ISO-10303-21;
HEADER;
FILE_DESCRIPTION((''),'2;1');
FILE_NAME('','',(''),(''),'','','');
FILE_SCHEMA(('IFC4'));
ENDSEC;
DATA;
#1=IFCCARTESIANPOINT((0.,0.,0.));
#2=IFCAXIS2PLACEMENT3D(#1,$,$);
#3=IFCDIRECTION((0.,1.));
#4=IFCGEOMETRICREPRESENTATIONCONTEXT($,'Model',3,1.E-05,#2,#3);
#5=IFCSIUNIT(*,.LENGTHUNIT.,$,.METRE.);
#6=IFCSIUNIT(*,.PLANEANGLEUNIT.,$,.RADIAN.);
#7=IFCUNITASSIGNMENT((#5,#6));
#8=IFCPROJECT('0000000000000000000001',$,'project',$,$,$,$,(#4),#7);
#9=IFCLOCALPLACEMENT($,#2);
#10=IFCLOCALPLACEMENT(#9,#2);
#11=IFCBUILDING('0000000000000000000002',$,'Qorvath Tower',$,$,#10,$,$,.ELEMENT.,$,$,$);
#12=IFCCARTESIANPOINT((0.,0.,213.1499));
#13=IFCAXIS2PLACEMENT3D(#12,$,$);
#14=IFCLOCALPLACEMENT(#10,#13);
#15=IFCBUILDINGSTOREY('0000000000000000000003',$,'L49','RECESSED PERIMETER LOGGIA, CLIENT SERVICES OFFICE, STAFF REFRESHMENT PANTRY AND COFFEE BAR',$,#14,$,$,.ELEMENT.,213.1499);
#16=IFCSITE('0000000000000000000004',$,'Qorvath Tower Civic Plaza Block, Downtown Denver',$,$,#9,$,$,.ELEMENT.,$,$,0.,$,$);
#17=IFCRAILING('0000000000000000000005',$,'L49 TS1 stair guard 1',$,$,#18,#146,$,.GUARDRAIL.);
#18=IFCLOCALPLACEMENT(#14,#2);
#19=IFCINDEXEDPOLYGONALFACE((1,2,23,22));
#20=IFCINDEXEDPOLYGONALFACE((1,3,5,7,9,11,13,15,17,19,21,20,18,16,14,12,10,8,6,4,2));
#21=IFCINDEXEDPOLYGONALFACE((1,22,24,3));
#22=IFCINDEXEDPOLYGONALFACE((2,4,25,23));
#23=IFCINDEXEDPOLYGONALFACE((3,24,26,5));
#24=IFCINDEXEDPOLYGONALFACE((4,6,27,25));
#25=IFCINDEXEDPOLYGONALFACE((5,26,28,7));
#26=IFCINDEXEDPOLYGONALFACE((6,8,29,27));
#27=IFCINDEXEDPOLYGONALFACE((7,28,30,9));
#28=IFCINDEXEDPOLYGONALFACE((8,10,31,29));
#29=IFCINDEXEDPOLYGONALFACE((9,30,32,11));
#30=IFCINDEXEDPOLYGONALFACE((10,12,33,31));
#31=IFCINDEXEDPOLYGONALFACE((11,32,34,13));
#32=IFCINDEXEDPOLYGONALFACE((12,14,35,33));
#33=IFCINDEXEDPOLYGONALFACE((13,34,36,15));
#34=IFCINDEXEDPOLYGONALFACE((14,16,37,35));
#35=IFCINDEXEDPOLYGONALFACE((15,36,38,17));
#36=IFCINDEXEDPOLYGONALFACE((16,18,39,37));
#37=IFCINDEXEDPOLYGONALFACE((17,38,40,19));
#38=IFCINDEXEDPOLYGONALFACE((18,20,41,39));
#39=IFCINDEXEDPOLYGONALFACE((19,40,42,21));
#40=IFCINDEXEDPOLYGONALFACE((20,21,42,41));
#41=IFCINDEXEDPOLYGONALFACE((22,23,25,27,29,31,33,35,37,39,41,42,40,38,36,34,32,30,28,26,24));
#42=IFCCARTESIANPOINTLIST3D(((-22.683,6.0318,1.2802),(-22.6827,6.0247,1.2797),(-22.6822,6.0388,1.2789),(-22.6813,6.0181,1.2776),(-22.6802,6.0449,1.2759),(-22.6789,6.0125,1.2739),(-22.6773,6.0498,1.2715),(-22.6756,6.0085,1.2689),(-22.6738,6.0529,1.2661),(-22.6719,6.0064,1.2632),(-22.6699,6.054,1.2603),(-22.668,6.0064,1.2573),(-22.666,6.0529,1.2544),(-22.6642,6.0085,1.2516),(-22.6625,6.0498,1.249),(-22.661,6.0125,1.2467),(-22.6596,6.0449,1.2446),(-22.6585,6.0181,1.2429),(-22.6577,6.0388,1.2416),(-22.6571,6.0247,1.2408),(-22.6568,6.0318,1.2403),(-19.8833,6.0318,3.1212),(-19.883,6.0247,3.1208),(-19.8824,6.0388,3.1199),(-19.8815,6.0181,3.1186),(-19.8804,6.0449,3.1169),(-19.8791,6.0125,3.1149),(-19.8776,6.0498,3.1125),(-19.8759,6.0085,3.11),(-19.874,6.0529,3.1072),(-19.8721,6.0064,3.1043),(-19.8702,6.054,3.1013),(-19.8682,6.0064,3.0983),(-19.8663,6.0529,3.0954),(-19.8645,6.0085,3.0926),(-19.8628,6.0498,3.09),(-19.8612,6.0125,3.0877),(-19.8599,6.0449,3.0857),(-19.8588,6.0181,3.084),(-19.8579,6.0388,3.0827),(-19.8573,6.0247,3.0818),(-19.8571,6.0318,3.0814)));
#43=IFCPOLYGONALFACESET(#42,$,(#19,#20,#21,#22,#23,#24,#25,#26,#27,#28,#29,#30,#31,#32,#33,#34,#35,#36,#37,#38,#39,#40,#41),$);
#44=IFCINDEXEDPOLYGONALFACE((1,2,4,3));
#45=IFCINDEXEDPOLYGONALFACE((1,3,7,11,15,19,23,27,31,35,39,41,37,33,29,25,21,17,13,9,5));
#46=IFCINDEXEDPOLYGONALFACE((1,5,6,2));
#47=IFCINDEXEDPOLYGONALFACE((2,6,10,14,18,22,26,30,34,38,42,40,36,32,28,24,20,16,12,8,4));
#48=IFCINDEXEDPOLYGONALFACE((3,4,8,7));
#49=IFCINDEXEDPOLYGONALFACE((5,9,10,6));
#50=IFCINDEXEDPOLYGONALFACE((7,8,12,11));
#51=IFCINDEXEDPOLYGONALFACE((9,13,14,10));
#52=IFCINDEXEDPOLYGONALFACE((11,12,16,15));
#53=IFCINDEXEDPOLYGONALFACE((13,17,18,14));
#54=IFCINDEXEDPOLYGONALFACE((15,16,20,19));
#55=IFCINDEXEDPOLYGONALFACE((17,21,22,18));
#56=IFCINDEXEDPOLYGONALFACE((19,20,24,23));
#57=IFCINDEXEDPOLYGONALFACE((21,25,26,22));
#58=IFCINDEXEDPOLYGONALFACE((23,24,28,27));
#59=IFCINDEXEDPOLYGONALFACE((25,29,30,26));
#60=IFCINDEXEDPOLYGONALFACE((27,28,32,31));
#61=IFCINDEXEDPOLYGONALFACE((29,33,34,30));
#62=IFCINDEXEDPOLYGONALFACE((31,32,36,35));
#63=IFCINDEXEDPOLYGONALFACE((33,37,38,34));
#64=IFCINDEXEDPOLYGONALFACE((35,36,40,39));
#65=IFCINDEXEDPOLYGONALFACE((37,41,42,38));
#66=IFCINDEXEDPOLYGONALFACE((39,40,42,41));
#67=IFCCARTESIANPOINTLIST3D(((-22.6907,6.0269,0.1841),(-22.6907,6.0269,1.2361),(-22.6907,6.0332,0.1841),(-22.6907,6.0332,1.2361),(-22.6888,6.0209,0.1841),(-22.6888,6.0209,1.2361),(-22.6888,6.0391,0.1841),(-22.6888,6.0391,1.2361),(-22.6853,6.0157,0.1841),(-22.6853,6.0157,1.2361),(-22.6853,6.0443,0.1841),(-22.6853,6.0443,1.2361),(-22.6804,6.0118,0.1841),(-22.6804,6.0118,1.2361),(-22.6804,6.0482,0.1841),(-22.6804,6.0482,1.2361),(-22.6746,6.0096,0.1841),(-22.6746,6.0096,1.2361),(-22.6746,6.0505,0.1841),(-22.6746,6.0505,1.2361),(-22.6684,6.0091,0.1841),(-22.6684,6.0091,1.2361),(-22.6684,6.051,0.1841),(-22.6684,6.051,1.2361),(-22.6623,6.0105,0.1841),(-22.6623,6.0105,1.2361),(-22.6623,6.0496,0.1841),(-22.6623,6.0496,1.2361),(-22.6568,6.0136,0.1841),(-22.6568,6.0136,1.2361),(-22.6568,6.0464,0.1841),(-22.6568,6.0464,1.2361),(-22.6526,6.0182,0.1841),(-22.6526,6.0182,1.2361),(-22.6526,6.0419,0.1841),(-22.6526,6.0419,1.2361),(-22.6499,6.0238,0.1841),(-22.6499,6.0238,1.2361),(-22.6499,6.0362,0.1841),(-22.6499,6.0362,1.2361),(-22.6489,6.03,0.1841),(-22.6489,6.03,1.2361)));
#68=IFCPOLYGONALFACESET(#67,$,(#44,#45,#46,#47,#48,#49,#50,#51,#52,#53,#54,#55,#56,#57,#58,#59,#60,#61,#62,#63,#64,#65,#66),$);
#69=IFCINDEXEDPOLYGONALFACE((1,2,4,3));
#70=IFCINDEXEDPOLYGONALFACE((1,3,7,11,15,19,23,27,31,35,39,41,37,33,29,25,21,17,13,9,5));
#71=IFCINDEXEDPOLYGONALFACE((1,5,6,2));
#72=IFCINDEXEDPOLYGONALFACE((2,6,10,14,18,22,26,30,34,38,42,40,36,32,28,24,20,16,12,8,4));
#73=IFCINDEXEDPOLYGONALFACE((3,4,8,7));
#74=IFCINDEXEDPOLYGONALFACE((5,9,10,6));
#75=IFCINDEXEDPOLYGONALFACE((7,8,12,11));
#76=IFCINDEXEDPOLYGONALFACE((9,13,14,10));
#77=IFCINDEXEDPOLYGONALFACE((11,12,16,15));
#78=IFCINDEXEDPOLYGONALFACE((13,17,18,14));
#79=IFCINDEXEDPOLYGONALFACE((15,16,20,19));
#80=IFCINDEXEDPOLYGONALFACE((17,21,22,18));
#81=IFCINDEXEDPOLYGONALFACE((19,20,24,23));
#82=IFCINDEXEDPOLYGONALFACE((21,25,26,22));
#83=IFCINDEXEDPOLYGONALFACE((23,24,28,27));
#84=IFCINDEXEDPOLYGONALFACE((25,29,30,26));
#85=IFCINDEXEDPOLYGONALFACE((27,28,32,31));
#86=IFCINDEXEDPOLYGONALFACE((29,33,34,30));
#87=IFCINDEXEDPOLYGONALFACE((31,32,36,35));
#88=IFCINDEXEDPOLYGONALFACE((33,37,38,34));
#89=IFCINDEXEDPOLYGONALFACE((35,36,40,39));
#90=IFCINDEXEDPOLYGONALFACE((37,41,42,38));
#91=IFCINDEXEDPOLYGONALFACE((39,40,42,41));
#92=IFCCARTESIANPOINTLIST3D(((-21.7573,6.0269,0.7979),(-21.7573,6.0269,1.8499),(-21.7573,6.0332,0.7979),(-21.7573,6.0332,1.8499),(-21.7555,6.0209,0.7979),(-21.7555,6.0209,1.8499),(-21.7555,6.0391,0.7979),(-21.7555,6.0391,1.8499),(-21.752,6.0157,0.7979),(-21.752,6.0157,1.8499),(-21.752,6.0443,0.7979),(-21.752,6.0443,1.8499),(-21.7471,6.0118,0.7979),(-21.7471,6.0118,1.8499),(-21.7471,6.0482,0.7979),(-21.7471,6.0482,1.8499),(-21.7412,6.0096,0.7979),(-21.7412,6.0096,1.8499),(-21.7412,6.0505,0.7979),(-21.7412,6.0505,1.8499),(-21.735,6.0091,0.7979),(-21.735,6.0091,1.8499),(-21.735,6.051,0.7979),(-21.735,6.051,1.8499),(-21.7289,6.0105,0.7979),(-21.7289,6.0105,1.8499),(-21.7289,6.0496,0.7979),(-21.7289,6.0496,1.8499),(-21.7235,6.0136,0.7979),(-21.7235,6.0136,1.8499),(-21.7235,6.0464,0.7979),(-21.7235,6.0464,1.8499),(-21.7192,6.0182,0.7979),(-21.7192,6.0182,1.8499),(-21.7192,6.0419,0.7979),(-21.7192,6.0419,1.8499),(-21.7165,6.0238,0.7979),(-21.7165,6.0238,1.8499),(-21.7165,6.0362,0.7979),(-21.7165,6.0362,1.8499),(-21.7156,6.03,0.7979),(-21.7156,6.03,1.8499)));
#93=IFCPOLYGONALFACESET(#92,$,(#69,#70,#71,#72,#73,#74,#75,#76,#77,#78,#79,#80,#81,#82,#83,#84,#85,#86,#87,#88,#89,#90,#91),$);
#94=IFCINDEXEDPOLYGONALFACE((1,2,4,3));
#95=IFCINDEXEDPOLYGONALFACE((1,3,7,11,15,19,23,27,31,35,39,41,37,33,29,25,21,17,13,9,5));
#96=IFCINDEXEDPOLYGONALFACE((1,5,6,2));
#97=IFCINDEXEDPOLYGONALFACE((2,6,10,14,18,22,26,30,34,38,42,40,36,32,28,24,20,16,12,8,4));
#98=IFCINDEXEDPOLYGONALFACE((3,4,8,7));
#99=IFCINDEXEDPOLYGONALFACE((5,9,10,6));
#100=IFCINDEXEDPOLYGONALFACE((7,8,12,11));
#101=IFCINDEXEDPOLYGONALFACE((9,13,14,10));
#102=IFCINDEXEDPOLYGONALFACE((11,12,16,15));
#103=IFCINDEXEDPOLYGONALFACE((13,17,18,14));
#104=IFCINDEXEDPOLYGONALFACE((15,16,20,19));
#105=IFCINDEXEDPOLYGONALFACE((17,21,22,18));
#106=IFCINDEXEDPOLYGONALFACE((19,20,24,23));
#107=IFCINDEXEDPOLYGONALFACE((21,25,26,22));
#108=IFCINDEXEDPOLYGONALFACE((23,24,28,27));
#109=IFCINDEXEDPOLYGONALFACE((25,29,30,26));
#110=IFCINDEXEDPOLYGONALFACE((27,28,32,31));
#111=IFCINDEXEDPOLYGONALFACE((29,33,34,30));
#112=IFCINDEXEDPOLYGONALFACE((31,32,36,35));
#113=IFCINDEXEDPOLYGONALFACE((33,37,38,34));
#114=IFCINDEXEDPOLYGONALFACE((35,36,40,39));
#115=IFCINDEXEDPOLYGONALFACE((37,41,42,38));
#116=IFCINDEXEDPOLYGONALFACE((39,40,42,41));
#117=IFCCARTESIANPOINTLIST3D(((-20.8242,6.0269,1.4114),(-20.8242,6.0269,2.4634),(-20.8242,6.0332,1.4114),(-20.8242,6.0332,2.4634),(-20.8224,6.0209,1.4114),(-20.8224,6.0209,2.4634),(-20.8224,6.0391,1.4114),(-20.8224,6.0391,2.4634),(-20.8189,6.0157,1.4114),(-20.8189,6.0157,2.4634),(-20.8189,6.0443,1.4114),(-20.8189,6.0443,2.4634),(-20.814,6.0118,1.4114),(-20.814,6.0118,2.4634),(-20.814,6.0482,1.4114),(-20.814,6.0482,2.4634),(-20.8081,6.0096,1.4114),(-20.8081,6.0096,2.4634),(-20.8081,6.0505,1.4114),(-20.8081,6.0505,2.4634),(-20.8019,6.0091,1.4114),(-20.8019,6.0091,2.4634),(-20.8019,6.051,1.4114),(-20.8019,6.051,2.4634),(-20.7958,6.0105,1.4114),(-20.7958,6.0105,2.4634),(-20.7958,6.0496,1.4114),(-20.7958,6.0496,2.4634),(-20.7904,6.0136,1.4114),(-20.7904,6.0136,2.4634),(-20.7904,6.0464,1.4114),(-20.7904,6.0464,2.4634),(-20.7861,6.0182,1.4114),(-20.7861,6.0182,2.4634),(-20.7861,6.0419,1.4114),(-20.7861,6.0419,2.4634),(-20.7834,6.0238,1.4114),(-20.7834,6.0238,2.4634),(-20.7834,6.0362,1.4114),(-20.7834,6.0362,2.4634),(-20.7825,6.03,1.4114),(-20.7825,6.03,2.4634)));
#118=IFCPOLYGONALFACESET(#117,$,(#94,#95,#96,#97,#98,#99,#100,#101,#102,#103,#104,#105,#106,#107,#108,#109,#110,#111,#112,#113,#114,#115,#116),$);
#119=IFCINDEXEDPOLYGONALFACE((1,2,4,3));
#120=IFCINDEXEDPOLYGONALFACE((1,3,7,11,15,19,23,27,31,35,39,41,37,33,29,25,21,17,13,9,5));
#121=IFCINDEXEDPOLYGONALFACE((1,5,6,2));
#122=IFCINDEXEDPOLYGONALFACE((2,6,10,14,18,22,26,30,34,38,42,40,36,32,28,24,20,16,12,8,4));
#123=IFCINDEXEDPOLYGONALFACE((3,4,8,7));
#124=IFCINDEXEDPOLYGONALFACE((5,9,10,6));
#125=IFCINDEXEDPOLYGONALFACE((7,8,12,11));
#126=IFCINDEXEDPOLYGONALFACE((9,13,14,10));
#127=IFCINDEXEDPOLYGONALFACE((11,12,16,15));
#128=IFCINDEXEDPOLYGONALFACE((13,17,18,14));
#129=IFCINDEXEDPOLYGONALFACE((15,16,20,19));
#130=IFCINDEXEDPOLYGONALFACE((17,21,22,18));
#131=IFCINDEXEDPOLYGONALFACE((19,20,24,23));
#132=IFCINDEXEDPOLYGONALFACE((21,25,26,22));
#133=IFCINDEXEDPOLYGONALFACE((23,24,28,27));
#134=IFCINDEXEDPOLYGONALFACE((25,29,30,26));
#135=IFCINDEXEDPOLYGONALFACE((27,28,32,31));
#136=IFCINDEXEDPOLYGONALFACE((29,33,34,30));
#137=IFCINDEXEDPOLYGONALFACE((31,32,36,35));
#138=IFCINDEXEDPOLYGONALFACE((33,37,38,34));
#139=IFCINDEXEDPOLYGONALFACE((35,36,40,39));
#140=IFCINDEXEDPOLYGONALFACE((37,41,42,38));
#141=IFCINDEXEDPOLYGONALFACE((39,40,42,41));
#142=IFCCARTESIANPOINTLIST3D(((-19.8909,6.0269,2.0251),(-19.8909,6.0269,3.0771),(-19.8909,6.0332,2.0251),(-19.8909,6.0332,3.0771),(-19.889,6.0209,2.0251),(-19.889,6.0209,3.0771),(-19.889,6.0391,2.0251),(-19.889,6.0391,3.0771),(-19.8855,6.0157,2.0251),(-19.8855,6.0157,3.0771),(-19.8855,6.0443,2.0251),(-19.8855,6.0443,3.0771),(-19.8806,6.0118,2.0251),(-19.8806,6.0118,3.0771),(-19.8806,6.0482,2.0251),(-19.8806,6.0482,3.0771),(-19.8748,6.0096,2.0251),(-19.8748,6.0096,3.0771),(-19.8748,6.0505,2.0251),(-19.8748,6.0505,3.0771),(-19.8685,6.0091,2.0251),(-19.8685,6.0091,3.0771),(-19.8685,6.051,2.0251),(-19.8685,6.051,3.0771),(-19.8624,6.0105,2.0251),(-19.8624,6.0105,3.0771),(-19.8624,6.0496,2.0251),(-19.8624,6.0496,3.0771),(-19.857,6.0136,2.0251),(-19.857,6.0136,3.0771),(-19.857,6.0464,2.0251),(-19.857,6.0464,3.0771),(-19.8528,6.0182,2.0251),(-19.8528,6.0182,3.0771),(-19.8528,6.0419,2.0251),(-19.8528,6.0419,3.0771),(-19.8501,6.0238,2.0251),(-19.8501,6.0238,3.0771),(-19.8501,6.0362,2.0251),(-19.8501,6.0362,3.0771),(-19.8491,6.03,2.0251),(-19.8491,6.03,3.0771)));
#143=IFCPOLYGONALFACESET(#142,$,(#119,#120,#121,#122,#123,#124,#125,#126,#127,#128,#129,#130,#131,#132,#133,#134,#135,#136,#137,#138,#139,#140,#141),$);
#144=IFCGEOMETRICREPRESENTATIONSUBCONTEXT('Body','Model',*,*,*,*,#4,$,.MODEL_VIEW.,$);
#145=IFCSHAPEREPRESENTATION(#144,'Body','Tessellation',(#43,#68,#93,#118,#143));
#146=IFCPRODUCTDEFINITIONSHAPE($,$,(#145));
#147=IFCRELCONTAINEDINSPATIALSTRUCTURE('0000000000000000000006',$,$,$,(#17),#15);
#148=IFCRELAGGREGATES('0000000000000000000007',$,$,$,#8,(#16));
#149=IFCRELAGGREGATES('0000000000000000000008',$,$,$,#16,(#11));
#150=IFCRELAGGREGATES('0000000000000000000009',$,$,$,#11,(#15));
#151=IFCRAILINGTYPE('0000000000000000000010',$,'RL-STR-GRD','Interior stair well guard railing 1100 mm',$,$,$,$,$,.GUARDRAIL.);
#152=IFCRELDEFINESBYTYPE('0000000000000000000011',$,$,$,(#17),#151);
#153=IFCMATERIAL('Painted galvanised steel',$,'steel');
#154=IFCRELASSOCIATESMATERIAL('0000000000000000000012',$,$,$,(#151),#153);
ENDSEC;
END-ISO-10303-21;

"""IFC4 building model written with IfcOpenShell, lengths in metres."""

from ifc_helpers import new_model, si_unit, direction, frame, origin, origin_2d, place, context, subcontext, project, spatial, circle, extrude, material, type_object, element, save


model = new_model("IFC4")

# Units and contexts
model_context = context("Model", 3, precision=1e-05, world=origin(), true_north=direction((0.0, 1.0)))
body_context = subcontext(model_context, "Body", "Model", "MODEL_VIEW")
ifc_project = project(units=[si_unit("LENGTHUNIT", "METRE"), si_unit("PLANEANGLEUNIT", "RADIAN")], contexts=[model_context])

# Site, building, storey
site_placement = place(None, origin())
site = spatial("IfcSite", under=ifc_project, at=site_placement, Name="Qorvath Tower Civic Plaza Block, Downtown Denver", CompositionType="ELEMENT", RefElevation=0.0)
building_placement = place(site_placement, origin())
building = spatial("IfcBuilding", under=site, at=building_placement, Name="Qorvath Tower", CompositionType="ELEMENT")
storey_placement = place(building_placement, frame((0.0, 0.0, 213.1499)))
storey = spatial("IfcBuildingStorey", under=building, at=storey_placement, Name="L49", Description="RECESSED PERIMETER LOGGIA, CLIENT SERVICES OFFICE, STAFF REFRESHMENT PANTRY AND COFFEE BAR", CompositionType="ELEMENT", Elevation=213.1499)

# Railing
ifc_material_1 = material(Name="Painted galvanised steel", Category="steel")
railing_type_1 = type_object("IfcRailingType", Name="RL-STR-GRD", Description="Interior stair well guard railing 1100 mm", PredefinedType="GUARDRAIL", material=ifc_material_1)
railing_1_placement = place(storey_placement, frame((-22.6699, 6.03, 0.1841)))
element("IfcRailing", 1, at=railing_1_placement, inside=storey, type_object=railing_type_1, Name="L49 TS1 stair guard 1", PredefinedType="GUARDRAIL", context=body_context, shape_type="SweptSolid", body=[
    extrude(circle(Radius=0.0239, at=origin_2d()), frame((0.0, 0.0, 1.0762), z_axis=(0.835542, 0.0, 0.549426), x_axis=(0.0, 1.0, 0.0)), (0.0, 0.0, 1.0), 3.3508),
    extrude(circle(Radius=0.021, at=origin_2d()), origin(), (0.0, 0.0, 1.0), 1.052),
    extrude(circle(Radius=0.021, at=origin_2d()), frame((0.9333, 0.0, 0.6138)), (0.0, 0.0, 1.0), 1.052),
    extrude(circle(Radius=0.021, at=origin_2d()), frame((1.8665, 0.0, 1.2273)), (0.0, 0.0, 1.0), 1.052),
    extrude(circle(Radius=0.021, at=origin_2d()), frame((2.7998, 0.0, 1.8411)), (0.0, 0.0, 1.0), 1.052),
])

save(model, "model.ifc")
